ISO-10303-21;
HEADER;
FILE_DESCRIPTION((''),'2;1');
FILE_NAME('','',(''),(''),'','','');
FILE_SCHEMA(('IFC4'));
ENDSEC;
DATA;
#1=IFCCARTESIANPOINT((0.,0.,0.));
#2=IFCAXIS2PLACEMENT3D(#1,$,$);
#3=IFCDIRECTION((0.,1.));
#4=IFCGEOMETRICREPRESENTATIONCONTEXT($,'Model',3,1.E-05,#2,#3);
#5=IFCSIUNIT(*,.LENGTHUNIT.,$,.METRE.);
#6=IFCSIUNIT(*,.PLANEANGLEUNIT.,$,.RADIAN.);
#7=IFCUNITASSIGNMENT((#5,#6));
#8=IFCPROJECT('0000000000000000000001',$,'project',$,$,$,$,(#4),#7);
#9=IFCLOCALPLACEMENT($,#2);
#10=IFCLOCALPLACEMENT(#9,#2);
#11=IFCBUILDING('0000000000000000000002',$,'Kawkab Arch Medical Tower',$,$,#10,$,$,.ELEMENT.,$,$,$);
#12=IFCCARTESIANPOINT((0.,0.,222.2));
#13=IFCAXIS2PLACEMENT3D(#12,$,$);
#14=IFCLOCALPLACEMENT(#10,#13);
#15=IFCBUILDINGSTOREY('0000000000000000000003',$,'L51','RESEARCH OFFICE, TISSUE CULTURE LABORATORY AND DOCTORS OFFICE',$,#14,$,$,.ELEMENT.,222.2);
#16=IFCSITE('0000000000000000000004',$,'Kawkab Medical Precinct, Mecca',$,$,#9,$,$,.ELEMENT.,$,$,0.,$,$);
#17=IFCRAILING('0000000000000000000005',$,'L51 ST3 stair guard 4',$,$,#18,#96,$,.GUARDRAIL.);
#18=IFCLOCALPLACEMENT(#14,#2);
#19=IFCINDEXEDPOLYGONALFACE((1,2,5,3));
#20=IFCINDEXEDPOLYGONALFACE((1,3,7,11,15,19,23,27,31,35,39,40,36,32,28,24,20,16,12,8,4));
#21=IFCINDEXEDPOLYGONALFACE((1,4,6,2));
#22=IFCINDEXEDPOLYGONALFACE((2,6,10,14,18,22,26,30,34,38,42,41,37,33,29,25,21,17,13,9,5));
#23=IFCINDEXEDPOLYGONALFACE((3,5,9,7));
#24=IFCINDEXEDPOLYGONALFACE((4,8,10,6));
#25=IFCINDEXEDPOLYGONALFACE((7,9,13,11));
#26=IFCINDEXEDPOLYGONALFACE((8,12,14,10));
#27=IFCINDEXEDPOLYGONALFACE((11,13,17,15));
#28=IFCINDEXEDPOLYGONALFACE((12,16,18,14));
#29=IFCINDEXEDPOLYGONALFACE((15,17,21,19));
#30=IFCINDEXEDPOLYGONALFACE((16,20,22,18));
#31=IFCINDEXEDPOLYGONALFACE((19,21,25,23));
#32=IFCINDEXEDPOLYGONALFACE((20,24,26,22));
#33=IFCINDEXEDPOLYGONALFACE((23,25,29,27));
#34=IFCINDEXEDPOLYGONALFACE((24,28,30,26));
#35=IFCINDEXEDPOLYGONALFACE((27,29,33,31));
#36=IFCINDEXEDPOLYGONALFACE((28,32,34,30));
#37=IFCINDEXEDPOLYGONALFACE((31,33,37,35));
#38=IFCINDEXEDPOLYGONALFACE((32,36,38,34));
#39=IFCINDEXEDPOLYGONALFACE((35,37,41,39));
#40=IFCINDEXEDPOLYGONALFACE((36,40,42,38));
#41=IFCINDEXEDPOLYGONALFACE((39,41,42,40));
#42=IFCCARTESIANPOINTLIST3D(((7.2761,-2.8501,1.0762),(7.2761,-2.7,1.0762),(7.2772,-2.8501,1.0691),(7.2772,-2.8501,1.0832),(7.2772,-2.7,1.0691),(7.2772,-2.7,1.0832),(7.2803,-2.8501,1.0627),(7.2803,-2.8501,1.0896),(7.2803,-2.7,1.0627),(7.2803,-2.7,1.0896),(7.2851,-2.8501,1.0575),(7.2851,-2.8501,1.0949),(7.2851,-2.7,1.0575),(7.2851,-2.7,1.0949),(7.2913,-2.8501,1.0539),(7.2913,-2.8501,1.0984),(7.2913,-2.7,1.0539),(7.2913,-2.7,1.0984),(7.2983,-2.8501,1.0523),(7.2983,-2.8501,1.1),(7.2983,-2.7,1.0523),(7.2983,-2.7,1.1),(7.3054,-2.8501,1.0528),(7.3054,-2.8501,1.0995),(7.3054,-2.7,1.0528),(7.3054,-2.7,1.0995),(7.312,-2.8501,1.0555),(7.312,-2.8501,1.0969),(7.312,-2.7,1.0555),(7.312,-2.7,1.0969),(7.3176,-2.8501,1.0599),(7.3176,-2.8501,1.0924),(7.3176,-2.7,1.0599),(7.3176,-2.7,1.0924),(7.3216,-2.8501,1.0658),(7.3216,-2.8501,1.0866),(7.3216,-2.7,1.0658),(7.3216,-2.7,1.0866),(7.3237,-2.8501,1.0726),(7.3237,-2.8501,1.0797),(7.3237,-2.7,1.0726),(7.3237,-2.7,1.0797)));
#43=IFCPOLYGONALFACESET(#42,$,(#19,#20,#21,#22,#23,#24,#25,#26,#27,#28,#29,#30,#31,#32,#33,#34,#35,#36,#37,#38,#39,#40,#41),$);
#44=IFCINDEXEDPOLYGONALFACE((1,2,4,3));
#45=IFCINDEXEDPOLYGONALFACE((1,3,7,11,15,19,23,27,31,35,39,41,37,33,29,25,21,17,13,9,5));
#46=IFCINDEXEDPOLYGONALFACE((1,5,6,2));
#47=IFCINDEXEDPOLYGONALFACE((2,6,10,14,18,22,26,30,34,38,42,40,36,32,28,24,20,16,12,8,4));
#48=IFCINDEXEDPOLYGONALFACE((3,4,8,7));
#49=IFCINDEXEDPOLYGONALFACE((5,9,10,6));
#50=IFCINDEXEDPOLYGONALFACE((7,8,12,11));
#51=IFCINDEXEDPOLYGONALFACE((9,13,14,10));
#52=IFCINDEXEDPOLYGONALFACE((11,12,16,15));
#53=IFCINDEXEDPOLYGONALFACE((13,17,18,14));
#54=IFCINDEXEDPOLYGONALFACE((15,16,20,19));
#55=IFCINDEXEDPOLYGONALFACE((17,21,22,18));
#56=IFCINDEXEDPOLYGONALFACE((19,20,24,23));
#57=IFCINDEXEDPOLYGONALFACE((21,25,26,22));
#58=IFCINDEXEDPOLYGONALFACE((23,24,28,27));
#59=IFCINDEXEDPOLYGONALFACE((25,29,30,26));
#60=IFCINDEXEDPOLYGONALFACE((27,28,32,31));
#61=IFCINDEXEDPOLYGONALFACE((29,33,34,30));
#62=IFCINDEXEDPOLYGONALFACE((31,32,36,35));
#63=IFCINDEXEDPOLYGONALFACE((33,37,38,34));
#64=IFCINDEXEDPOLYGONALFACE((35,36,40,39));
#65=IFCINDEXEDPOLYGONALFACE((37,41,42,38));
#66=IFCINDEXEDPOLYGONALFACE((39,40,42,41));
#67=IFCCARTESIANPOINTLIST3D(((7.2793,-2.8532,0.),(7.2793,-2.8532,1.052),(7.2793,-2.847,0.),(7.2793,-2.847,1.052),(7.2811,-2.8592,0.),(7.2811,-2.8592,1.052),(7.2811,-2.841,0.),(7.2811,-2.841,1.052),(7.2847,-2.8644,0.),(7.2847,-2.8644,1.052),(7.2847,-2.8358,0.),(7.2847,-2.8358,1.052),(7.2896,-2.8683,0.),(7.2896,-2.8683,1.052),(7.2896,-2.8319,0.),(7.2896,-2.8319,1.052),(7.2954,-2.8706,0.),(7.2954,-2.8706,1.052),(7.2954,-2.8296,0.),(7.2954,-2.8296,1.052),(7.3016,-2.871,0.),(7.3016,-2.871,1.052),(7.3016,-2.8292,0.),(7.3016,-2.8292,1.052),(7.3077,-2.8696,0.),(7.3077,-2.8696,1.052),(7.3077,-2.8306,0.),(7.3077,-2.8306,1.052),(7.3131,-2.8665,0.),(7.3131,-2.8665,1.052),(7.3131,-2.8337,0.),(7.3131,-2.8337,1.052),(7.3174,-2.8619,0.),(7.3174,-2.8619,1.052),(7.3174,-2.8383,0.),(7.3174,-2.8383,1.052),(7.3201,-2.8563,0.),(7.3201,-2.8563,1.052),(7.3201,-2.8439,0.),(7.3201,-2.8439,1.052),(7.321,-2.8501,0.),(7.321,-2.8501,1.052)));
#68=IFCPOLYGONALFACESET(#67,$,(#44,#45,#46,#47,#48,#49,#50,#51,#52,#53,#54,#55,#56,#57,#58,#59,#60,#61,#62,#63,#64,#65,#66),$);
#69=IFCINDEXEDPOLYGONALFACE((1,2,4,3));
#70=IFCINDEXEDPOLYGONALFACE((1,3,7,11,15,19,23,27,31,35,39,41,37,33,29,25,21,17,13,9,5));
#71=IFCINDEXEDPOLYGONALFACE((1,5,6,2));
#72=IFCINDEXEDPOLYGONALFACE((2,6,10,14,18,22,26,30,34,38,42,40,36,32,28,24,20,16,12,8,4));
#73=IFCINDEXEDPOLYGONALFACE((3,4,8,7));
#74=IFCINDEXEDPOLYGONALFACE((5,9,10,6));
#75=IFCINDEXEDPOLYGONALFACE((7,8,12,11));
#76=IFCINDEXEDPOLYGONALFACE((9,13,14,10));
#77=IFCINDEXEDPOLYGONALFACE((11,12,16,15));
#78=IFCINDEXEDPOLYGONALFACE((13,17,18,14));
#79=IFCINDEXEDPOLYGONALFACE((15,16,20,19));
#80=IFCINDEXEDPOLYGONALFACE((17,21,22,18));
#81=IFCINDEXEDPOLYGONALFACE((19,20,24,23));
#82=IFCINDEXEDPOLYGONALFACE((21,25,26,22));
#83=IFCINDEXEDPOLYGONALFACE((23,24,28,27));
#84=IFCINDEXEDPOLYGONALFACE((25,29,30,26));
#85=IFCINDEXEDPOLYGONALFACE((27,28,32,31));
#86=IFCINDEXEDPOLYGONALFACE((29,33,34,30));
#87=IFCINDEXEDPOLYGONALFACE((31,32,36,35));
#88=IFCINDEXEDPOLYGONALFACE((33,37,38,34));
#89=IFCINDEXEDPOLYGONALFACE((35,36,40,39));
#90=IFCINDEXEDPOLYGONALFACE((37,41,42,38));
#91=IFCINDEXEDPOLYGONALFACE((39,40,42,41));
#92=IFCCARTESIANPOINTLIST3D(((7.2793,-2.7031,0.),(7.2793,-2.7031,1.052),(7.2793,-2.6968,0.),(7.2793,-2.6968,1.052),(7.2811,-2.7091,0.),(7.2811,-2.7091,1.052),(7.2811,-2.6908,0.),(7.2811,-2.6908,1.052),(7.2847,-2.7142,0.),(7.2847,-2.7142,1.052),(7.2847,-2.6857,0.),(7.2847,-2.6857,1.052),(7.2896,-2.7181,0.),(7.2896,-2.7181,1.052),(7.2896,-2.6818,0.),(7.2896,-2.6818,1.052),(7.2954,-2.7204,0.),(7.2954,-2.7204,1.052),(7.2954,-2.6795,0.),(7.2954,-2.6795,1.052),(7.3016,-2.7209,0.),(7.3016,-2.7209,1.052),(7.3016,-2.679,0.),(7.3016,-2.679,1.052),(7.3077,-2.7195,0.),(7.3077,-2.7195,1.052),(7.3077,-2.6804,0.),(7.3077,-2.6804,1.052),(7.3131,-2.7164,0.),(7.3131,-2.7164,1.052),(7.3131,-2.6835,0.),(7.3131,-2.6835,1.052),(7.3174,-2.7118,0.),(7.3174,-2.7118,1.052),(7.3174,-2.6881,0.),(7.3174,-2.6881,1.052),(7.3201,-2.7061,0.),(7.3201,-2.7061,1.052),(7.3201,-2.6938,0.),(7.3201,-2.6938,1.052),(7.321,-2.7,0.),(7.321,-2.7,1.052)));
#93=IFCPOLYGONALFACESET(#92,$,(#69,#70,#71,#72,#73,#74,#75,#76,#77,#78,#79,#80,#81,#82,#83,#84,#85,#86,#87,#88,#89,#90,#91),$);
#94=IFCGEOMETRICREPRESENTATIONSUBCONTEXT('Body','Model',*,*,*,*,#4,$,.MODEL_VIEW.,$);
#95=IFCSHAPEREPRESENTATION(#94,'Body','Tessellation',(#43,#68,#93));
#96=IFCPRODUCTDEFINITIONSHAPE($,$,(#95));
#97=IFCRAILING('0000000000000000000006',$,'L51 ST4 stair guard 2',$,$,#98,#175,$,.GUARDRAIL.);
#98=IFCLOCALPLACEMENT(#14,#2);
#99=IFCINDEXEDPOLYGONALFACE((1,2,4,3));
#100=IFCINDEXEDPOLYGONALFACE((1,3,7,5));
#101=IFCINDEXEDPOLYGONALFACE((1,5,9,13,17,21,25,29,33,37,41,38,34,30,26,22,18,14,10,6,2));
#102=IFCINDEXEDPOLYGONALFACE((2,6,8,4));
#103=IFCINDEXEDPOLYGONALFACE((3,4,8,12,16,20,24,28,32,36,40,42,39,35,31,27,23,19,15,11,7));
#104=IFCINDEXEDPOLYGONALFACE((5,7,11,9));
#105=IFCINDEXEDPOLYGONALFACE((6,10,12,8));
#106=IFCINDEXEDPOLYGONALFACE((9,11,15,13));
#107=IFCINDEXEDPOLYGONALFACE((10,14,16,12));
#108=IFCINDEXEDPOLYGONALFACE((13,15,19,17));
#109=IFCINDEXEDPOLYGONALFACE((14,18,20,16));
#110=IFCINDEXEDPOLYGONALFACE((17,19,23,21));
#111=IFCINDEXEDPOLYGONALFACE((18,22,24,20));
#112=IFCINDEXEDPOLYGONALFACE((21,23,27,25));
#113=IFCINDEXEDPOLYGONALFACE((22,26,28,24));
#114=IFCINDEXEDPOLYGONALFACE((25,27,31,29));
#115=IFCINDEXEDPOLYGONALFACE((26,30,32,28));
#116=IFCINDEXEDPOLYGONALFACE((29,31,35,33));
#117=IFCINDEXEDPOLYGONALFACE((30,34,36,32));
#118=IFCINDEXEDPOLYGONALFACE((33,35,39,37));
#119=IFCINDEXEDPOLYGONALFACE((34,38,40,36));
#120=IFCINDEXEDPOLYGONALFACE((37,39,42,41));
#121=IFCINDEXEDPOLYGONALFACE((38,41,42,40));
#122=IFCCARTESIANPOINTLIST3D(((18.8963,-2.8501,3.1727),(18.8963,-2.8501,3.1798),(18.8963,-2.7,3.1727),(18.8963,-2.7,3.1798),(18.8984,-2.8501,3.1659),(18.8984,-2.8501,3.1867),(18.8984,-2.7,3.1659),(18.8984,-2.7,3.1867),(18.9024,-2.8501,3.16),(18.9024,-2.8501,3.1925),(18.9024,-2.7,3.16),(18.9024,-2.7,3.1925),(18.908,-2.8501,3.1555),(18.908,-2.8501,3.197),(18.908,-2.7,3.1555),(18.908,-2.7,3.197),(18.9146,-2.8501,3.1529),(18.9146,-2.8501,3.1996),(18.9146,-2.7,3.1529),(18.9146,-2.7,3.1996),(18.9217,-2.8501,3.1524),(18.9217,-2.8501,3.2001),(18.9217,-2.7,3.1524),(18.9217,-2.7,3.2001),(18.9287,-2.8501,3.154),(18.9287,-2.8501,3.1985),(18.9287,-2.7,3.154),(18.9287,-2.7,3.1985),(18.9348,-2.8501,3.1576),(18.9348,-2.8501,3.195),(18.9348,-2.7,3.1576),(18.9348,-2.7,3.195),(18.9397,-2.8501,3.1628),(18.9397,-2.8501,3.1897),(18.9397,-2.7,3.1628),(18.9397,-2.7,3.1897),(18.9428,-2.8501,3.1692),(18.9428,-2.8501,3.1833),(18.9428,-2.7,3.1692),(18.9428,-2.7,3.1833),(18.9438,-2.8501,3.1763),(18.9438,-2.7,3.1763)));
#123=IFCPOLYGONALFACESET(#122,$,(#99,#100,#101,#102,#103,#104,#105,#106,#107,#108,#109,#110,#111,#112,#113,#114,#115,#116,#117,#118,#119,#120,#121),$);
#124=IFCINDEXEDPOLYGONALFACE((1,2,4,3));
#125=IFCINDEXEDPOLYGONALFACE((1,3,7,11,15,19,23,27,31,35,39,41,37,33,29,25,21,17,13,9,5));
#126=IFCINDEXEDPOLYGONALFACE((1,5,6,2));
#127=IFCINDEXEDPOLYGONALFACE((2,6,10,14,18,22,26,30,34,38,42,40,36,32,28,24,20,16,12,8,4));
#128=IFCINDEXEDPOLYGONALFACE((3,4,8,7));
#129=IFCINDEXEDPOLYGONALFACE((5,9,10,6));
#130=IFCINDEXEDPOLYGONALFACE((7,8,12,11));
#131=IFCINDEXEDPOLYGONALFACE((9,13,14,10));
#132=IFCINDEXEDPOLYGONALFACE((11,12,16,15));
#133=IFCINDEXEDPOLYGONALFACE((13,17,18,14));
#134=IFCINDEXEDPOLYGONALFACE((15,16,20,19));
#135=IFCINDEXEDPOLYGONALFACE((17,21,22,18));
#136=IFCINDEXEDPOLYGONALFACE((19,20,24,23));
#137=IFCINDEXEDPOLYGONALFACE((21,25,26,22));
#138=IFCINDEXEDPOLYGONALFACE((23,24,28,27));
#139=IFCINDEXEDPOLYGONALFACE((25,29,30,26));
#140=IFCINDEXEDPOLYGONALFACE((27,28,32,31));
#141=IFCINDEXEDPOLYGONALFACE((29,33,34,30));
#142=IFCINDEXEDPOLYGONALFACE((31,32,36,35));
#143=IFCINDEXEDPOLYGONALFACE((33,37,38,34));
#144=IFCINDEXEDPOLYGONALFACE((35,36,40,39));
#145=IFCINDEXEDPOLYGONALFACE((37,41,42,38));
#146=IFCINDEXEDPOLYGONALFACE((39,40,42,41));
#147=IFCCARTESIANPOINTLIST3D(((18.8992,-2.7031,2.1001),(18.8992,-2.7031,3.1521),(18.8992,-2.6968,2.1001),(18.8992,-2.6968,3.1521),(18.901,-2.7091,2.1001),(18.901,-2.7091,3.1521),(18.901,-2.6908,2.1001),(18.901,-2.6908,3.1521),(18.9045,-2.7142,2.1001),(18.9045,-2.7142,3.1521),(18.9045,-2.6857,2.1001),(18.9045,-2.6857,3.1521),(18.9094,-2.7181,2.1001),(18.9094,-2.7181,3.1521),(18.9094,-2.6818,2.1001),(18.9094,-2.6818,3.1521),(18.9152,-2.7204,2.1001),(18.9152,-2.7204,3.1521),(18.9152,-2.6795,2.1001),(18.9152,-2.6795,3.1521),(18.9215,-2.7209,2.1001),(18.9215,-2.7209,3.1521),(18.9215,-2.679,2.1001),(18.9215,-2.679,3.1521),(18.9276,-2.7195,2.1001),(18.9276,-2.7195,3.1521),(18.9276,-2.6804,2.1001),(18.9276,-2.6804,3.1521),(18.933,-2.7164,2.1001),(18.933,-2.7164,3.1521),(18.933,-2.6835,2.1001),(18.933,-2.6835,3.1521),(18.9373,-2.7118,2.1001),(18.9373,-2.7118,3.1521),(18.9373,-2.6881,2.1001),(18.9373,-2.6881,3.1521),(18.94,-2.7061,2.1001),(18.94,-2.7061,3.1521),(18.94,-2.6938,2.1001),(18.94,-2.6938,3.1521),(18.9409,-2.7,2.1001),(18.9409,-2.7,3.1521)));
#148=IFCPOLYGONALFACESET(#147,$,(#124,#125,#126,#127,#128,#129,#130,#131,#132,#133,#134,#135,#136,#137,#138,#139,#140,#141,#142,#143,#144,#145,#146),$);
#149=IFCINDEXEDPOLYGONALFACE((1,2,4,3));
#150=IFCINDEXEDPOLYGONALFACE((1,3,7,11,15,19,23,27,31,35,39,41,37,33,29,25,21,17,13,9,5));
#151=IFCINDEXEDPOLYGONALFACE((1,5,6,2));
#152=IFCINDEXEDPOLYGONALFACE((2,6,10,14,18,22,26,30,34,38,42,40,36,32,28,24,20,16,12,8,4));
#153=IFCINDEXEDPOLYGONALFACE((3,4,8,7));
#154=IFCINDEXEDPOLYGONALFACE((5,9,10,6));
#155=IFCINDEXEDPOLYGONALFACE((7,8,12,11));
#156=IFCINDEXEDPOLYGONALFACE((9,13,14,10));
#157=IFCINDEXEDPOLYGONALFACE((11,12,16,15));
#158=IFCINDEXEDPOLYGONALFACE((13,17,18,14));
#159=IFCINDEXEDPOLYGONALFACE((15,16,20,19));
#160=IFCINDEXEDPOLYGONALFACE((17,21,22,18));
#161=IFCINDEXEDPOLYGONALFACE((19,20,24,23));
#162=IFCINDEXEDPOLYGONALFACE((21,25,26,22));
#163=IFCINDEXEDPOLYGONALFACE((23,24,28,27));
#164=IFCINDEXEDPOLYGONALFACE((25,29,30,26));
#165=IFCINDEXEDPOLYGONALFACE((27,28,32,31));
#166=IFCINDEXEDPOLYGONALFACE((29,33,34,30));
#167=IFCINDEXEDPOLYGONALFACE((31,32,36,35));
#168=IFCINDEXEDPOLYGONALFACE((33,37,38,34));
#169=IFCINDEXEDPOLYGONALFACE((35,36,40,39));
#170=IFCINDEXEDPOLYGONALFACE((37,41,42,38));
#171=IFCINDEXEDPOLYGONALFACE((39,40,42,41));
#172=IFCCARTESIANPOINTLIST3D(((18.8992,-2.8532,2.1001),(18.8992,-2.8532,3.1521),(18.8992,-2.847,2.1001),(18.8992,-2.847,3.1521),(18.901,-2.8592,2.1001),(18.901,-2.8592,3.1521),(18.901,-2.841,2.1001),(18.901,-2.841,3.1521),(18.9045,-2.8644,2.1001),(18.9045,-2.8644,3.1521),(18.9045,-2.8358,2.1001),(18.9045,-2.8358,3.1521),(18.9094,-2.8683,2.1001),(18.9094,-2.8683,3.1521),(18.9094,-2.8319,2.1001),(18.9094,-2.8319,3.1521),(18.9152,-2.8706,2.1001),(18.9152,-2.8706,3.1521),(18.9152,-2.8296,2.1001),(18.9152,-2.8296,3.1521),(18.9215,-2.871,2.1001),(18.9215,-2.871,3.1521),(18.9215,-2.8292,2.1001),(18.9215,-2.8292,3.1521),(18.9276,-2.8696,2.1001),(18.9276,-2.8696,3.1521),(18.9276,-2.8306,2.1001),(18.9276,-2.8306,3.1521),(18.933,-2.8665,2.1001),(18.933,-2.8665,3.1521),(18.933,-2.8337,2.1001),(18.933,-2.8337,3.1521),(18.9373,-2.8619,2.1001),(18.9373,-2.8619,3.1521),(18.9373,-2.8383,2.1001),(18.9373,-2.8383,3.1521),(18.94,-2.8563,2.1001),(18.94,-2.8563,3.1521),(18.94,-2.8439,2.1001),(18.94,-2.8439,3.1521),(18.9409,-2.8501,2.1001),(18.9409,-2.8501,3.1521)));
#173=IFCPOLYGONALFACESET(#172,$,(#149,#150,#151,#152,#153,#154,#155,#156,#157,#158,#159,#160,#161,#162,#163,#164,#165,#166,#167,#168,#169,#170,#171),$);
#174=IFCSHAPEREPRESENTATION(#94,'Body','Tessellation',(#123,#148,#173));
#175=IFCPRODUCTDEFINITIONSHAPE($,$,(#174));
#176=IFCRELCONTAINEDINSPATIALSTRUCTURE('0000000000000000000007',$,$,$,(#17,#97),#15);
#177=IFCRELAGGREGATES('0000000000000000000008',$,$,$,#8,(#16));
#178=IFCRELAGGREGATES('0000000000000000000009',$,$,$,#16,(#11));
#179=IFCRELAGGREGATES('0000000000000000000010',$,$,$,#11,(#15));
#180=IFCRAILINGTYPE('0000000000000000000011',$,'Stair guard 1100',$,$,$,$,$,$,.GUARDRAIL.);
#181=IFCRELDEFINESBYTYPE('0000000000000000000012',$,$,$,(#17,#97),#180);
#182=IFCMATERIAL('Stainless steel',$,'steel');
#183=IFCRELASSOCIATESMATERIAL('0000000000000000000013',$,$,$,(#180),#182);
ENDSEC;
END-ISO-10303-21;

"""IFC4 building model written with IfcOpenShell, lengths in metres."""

from ifc_helpers import new_model, si_unit, direction, frame, origin, origin_2d, place, context, subcontext, project, spatial, circle, extrude, material, type_object, element, save


model = new_model("IFC4")

# Units and contexts
model_context = context("Model", 3, precision=1e-05, world=origin(), true_north=direction((0.0, 1.0)))
body_context = subcontext(model_context, "Body", "Model", "MODEL_VIEW")
ifc_project = project(units=[si_unit("LENGTHUNIT", "METRE"), si_unit("PLANEANGLEUNIT", "RADIAN")], contexts=[model_context])

# Site, building, storey
site_placement = place(None, origin())
site = spatial("IfcSite", under=ifc_project, at=site_placement, Name="Kawkab Medical Precinct, Mecca", CompositionType="ELEMENT", RefElevation=0.0)
building_placement = place(site_placement, origin())
building = spatial("IfcBuilding", under=site, at=building_placement, Name="Kawkab Arch Medical Tower", CompositionType="ELEMENT")
storey_placement = place(building_placement, frame((0.0, 0.0, 222.2)))
storey = spatial("IfcBuildingStorey", under=building, at=storey_placement, Name="L51", Description="RESEARCH OFFICE, TISSUE CULTURE LABORATORY AND DOCTORS OFFICE", CompositionType="ELEMENT", Elevation=222.2)

# Railings
ifc_material_1 = material(Name="Stainless steel", Category="steel")
railing_type_1 = type_object("IfcRailingType", Name="Stair guard 1100", PredefinedType="GUARDRAIL", material=ifc_material_1)
railing_1_placement = place(storey_placement, frame((7.3, -2.8501, 0.0)))
element("IfcRailing", 1, at=railing_1_placement, inside=storey, type_object=railing_type_1, Name="L51 ST3 stair guard 4", PredefinedType="GUARDRAIL", context=body_context, shape_type="SweptSolid", body=[
    extrude(circle(Radius=0.0239, at=origin_2d()), frame((0.0, 0.0, 1.0762), z_axis=(0.0, 1.0, 0.0), x_axis=(-1.0, 0.0, 0.0)), (0.0, 0.0, 1.0), 0.1501),
    extrude(circle(Radius=0.021, at=origin_2d()), origin(), (0.0, 0.0, 1.0), 1.052),
    extrude(circle(Radius=0.021, at=origin_2d()), frame((0.0, 0.1501, 0.0)), (0.0, 0.0, 1.0), 1.052),
])
railing_2_placement = place(storey_placement, frame((18.9199, -2.7, 2.1001)))
element("IfcRailing", 2, at=railing_2_placement, inside=storey, type_object=railing_type_1, Name="L51 ST4 stair guard 2", PredefinedType="GUARDRAIL", context=body_context, shape_type="SweptSolid", body=[
    extrude(circle(Radius=0.0239, at=origin_2d()), frame((0.0, 0.0, 1.0762), z_axis=(0.0, -1.0, 0.0), x_axis=(1.0, 0.0, 0.0)), (0.0, 0.0, 1.0), 0.1501),
    extrude(circle(Radius=0.021, at=origin_2d()), origin(), (0.0, 0.0, 1.0), 1.052),
    extrude(circle(Radius=0.021, at=origin_2d()), frame((0.0, -0.1501, 0.0)), (0.0, 0.0, 1.0), 1.052),
])

save(model, "model.ifc")
